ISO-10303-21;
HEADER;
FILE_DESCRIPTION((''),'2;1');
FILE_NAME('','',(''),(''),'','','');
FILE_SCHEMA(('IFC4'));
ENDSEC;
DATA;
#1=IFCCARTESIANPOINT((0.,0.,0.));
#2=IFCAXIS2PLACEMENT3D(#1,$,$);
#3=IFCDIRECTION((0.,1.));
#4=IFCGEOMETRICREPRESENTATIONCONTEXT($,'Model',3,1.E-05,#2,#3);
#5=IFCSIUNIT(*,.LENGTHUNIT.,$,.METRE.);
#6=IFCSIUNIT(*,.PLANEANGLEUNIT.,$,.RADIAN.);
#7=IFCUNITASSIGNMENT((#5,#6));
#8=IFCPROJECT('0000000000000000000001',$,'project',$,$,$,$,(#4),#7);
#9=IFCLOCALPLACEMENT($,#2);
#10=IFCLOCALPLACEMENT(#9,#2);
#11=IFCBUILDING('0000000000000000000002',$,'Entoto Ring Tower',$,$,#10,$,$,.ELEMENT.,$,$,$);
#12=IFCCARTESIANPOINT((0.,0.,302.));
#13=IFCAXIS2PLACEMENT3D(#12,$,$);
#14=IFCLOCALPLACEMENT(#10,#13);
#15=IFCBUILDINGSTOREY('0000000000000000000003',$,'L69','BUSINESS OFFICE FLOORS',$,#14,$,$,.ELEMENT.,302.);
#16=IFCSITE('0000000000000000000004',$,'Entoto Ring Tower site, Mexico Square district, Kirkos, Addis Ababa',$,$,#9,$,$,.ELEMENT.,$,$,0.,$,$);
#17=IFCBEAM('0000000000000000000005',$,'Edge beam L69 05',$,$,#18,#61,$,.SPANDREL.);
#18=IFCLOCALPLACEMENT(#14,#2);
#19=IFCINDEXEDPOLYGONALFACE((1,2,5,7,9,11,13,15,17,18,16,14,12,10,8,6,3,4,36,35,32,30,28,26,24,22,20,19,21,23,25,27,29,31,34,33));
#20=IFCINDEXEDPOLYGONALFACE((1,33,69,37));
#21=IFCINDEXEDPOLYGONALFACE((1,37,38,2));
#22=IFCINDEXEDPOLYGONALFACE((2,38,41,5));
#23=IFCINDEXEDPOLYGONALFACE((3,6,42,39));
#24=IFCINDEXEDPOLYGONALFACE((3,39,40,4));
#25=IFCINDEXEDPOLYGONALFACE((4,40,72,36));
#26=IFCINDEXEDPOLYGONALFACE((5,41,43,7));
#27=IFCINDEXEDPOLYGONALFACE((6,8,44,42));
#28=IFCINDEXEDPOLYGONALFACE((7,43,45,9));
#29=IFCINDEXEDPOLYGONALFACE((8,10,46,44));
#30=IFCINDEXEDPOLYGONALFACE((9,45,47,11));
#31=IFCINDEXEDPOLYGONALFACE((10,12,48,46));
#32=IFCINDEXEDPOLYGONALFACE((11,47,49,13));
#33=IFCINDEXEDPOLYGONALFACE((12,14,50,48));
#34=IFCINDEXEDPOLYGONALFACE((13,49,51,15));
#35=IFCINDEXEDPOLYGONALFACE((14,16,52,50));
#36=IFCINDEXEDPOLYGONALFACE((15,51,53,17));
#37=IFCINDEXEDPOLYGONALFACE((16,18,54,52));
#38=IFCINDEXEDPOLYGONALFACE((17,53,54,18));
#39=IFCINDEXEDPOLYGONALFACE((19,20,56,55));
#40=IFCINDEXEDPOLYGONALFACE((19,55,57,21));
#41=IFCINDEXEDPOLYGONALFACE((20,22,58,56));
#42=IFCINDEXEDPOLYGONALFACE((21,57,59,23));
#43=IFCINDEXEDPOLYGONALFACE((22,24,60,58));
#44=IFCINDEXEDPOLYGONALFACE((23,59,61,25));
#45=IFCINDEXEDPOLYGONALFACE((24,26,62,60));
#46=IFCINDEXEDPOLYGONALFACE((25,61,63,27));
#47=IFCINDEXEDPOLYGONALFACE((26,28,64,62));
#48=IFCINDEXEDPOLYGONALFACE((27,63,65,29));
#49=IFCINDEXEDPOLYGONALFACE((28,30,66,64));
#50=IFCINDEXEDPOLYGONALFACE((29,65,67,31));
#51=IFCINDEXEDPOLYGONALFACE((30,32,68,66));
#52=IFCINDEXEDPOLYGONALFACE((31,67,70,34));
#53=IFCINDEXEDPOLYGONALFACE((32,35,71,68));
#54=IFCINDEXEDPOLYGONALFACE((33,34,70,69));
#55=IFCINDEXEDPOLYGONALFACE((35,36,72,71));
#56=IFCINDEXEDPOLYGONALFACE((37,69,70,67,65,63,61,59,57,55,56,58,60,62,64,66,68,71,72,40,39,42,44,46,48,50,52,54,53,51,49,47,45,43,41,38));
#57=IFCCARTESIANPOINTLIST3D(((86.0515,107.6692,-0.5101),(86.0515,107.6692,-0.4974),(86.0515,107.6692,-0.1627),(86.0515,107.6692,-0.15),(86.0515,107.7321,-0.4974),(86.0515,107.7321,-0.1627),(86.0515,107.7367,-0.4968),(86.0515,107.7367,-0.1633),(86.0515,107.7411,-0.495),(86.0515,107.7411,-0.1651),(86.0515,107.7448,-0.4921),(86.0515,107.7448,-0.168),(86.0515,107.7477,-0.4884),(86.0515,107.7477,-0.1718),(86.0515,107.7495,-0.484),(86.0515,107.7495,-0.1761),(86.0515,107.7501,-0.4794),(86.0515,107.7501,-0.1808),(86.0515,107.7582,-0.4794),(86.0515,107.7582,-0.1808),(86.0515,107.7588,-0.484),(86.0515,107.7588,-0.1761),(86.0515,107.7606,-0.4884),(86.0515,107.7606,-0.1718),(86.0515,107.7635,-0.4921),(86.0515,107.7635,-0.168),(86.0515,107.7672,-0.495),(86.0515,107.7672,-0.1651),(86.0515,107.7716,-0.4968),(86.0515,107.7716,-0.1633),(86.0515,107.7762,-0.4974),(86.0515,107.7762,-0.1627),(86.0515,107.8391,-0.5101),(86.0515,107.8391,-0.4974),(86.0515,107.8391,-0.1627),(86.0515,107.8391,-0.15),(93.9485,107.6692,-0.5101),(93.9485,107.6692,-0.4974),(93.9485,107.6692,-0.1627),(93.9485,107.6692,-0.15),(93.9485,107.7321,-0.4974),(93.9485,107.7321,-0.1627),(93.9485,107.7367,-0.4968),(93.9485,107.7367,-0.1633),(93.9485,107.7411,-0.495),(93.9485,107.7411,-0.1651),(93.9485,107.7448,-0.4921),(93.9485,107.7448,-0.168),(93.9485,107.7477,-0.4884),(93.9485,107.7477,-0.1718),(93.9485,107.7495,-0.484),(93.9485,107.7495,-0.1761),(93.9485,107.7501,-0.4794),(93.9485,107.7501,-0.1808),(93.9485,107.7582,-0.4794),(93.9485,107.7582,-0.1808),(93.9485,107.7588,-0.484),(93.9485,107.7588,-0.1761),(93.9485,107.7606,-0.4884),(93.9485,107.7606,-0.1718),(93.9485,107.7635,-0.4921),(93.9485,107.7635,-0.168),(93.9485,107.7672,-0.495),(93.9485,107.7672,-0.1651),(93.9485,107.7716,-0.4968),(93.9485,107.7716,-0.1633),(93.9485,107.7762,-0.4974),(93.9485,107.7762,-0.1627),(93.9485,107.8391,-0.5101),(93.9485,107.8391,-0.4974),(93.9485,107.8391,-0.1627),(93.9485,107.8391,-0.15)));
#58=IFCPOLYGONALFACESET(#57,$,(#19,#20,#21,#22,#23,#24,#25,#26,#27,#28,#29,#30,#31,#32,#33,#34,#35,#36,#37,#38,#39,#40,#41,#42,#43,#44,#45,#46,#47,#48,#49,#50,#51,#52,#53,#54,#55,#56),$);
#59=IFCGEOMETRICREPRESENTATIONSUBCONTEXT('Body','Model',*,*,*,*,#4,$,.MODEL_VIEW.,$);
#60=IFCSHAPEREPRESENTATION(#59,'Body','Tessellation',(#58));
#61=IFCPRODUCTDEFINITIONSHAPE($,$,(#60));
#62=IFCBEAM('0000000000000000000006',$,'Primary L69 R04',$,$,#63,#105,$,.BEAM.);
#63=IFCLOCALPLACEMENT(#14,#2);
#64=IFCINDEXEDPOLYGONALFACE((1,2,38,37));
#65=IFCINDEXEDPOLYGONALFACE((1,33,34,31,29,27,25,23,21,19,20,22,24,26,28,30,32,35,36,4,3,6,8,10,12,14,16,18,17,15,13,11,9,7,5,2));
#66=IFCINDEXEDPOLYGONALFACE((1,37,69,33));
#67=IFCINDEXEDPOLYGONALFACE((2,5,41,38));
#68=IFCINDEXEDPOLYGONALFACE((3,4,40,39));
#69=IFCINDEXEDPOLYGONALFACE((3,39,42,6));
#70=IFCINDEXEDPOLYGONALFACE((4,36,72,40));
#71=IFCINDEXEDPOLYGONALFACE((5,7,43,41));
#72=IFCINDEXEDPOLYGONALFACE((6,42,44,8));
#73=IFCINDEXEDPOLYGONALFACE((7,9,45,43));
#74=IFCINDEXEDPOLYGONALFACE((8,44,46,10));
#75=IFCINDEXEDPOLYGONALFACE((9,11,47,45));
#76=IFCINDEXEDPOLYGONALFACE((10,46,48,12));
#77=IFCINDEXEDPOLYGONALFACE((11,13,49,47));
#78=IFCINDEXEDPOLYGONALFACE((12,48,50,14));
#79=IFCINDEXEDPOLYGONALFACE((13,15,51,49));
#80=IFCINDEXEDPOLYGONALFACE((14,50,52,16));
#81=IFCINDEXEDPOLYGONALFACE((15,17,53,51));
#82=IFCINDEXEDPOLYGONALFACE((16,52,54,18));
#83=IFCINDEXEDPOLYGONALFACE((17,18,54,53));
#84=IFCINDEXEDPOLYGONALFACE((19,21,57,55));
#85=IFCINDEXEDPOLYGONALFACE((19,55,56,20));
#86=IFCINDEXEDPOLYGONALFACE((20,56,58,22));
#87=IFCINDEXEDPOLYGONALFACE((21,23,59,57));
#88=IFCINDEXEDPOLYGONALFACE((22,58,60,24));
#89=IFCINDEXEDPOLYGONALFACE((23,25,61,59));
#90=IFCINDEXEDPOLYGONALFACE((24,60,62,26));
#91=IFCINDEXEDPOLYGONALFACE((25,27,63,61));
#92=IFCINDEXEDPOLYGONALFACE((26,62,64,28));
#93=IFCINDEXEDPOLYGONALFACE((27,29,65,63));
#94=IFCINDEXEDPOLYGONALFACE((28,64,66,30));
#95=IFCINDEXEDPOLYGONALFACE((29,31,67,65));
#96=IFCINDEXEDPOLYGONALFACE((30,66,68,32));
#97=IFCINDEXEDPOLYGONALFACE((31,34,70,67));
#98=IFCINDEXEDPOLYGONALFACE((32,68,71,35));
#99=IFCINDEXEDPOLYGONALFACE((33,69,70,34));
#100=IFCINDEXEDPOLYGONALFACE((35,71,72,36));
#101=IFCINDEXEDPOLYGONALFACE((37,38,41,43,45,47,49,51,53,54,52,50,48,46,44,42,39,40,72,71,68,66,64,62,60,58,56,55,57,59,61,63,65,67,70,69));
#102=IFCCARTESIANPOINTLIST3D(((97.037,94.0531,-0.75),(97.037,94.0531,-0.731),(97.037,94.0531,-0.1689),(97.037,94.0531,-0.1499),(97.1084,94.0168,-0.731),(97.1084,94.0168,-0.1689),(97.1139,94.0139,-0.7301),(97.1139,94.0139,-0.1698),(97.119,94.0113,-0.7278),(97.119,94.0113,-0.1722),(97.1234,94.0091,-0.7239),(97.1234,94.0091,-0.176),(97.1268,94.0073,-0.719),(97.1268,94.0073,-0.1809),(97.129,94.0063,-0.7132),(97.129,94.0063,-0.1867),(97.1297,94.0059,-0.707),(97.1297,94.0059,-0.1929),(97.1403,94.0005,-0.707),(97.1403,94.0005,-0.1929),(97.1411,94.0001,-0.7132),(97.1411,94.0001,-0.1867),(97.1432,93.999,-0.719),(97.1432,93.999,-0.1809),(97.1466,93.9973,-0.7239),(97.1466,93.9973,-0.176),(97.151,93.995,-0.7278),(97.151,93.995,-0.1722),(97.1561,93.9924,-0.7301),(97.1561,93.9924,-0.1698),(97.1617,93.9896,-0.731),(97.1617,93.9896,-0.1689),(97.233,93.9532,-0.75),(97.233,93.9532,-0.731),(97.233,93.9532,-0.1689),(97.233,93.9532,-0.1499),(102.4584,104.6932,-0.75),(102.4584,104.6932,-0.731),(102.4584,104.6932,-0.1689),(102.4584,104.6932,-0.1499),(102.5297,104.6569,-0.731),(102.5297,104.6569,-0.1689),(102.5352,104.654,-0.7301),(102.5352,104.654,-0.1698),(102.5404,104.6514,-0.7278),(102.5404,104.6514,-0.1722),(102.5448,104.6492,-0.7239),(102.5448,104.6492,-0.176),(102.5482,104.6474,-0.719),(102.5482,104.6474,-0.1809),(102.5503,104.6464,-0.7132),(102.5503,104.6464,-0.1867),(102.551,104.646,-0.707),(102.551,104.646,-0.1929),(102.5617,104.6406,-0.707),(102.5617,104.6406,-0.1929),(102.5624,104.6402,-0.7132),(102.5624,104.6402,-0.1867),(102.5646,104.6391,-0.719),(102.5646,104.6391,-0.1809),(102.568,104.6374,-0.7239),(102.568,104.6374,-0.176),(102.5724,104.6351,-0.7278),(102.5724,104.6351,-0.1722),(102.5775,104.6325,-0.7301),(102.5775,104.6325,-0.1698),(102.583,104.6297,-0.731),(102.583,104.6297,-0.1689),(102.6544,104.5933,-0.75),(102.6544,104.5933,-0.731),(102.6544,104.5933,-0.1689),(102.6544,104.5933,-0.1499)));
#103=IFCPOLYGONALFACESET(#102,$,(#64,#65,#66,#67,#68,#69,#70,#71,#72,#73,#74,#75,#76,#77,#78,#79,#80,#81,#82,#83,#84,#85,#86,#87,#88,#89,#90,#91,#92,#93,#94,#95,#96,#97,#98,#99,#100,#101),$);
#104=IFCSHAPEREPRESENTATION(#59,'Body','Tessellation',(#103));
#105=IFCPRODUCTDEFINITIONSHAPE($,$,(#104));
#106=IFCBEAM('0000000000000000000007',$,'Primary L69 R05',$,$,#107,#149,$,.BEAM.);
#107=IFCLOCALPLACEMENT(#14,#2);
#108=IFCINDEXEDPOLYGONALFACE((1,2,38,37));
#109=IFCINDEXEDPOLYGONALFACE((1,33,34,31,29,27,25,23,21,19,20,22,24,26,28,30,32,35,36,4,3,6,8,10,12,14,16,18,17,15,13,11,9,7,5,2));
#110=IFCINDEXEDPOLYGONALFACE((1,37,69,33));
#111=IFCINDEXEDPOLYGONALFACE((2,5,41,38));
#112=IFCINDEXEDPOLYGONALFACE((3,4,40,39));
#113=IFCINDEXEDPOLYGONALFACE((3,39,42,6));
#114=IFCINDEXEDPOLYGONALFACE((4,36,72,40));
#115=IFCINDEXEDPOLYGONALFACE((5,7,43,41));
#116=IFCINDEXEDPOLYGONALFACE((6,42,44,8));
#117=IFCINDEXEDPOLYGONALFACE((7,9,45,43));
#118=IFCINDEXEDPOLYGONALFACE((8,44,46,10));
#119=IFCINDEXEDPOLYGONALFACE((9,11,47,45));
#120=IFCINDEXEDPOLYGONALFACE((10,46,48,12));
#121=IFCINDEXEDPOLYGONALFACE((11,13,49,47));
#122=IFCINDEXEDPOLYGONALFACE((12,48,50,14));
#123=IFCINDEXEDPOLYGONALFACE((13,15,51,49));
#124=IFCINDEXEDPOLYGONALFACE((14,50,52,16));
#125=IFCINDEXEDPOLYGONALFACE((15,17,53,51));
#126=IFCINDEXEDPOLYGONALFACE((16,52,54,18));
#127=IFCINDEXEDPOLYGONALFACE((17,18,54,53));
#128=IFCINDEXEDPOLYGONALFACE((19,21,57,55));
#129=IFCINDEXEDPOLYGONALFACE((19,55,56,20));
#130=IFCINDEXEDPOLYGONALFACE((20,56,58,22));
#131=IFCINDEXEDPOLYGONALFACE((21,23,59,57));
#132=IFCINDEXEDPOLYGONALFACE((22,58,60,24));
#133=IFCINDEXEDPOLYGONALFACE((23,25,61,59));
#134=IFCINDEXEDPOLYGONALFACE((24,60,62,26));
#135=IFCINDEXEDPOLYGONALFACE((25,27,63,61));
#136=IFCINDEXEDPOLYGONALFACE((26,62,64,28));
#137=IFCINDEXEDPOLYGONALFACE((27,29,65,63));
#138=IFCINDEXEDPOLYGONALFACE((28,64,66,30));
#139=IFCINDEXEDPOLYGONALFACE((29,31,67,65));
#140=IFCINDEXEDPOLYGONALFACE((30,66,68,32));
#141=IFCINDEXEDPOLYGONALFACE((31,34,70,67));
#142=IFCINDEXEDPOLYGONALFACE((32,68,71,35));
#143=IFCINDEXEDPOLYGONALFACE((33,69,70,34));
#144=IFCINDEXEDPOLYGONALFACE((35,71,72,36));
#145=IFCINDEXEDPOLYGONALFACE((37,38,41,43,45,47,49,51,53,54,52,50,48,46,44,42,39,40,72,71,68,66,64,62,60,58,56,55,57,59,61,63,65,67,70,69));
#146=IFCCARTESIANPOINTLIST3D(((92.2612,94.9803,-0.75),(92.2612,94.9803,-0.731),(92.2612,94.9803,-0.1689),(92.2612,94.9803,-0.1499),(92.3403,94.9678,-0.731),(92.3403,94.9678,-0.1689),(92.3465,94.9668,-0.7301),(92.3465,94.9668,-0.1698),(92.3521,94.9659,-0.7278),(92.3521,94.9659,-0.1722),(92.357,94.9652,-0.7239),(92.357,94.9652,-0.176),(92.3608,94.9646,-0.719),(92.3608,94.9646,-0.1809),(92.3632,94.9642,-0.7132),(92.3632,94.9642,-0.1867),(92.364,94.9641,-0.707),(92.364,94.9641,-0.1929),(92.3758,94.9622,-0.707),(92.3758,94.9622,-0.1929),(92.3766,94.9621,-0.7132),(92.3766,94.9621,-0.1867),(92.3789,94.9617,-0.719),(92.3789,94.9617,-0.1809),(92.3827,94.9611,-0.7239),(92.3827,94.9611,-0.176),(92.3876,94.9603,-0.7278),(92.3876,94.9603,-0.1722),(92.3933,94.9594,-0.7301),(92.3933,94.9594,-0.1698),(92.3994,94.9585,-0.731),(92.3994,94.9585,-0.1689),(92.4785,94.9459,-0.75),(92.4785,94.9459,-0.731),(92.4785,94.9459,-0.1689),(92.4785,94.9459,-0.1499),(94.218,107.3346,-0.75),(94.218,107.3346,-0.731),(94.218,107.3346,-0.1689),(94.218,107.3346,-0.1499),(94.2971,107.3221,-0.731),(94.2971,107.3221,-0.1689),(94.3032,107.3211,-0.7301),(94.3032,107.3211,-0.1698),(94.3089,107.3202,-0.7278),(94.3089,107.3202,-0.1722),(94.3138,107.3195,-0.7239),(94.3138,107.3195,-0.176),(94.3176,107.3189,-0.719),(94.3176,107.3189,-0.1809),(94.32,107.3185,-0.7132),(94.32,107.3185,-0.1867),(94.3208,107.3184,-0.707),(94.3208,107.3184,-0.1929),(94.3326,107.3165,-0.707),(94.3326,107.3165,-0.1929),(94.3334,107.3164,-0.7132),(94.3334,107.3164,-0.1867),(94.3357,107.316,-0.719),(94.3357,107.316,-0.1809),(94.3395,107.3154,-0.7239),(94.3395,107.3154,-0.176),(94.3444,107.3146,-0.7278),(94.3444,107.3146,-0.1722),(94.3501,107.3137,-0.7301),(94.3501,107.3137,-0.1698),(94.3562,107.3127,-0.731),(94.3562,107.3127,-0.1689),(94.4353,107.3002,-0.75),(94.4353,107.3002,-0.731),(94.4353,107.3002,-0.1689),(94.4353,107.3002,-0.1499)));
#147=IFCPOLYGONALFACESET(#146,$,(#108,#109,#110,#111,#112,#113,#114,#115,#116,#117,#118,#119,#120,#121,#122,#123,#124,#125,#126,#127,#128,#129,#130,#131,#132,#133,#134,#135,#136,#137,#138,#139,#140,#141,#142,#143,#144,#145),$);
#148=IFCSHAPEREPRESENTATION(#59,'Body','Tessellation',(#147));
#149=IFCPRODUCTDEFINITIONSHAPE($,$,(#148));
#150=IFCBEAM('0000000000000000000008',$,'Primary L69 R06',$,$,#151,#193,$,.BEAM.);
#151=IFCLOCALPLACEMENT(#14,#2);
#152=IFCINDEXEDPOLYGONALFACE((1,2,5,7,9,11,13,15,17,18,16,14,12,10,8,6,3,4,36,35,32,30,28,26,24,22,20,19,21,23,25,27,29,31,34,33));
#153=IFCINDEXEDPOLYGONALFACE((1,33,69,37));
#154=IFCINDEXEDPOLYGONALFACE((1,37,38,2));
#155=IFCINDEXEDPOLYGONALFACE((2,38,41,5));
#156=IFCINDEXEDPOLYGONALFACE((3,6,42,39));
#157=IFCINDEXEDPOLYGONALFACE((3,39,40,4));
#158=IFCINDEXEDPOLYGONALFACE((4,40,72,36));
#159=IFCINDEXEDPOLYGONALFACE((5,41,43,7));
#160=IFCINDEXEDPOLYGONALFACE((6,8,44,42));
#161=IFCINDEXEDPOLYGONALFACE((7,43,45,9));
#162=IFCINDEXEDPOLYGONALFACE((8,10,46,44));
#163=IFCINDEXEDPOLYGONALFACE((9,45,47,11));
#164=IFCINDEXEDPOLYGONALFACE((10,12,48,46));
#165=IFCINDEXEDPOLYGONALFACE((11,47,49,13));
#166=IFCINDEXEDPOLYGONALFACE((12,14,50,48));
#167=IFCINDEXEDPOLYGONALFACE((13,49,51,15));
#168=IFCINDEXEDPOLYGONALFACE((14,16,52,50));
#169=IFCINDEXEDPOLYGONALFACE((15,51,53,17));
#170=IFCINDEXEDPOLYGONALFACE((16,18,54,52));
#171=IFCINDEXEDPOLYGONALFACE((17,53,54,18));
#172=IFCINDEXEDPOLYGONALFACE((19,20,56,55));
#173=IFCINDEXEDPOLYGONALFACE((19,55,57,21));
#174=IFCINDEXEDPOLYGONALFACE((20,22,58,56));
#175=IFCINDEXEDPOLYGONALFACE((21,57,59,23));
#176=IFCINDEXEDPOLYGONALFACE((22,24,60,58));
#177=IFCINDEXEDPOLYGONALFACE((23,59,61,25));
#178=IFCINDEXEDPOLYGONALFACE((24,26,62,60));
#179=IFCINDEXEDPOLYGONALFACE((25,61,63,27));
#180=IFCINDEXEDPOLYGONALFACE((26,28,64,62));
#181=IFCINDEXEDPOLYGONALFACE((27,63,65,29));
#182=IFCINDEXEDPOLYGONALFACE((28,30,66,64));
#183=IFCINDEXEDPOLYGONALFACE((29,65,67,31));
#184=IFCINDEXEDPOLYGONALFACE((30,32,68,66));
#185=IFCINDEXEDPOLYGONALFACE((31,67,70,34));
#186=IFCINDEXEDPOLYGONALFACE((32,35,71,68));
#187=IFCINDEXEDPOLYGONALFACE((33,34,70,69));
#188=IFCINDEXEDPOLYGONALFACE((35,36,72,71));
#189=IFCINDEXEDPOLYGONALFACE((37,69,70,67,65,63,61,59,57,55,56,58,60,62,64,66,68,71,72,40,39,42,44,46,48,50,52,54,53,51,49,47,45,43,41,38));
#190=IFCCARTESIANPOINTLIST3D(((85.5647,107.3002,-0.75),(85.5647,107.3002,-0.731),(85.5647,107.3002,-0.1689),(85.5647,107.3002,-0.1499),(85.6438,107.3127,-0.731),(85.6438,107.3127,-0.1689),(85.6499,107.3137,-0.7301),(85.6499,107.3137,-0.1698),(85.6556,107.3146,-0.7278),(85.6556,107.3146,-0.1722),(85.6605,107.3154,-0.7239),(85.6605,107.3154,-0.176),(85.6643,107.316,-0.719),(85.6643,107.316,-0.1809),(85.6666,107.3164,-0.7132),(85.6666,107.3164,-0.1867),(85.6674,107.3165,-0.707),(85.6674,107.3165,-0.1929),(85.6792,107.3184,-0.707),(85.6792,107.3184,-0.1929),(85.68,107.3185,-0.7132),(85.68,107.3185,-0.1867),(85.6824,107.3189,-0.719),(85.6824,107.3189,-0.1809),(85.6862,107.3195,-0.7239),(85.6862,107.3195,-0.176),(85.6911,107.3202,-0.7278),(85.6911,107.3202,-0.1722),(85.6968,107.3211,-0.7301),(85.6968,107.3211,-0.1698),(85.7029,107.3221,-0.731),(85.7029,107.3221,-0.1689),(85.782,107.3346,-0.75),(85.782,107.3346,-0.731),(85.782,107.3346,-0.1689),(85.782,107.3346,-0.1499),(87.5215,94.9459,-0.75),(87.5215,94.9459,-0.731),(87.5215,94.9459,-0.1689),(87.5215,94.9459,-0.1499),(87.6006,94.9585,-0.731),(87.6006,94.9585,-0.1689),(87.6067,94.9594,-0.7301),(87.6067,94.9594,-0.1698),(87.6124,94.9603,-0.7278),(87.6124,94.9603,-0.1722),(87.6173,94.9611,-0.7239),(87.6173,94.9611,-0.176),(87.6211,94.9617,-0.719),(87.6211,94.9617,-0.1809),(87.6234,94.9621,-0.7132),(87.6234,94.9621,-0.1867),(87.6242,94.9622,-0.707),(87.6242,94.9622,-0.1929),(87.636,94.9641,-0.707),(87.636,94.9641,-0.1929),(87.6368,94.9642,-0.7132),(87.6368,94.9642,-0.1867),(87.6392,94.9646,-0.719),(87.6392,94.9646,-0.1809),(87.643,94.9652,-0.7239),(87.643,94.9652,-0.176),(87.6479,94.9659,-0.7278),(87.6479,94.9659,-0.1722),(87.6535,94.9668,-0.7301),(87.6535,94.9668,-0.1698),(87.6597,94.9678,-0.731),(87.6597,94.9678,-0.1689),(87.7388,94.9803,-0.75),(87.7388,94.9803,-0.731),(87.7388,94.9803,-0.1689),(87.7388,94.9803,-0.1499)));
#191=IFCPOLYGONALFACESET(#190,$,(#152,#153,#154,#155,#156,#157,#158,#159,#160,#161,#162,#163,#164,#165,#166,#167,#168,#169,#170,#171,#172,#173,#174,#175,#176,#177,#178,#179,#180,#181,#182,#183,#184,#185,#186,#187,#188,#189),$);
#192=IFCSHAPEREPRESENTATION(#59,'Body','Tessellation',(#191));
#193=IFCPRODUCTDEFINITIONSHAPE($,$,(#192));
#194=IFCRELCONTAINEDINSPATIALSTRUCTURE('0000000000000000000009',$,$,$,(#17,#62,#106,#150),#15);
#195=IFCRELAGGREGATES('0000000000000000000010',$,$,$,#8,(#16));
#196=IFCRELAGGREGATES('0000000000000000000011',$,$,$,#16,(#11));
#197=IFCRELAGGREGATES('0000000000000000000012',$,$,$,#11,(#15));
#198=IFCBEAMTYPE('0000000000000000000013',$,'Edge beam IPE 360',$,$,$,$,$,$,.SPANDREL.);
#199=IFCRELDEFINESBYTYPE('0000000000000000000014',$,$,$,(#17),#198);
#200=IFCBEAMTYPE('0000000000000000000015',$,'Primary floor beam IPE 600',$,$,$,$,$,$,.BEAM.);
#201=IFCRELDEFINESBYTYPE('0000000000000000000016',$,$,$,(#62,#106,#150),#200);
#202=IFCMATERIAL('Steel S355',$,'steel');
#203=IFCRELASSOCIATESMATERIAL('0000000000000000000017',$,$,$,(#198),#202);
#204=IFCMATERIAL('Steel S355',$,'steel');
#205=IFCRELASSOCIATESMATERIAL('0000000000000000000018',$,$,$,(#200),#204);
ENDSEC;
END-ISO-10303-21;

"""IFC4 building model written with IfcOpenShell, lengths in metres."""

from ifc_helpers import new_model, si_unit, direction, frame, origin, origin_2d, place, context, subcontext, project, spatial, i_section, extrude, material, material_profile, profile_set, type_object, element, save


model = new_model("IFC4")

# Units and contexts
model_context = context("Model", 3, precision=1e-05, world=origin(), true_north=direction((0.0, 1.0)))
body_context = subcontext(model_context, "Body", "Model", "MODEL_VIEW")
ifc_project = project(units=[si_unit("LENGTHUNIT", "METRE"), si_unit("PLANEANGLEUNIT", "RADIAN")], contexts=[model_context])

# Site, building, storey
site_placement = place(None, origin())
site = spatial("IfcSite", under=ifc_project, at=site_placement, Name="Entoto Ring Tower site, Mexico Square district, Kirkos, Addis Ababa", CompositionType="ELEMENT", RefElevation=0.0)
building_placement = place(site_placement, origin())
building = spatial("IfcBuilding", under=site, at=building_placement, Name="Entoto Ring Tower", CompositionType="ELEMENT")
storey_placement = place(building_placement, frame((0.0, 0.0, 302.0)))
storey = spatial("IfcBuildingStorey", under=building, at=storey_placement, Name="L69", Description="BUSINESS OFFICE FLOORS", CompositionType="ELEMENT", Elevation=302.0)

# Beams
ifc_material_1 = material(Name="Steel S355", Category="steel")
ifc_material_profile_1 = material_profile(ifc_material_1, i_section(OverallWidth=0.1699, OverallDepth=0.3601, WebThickness=0.0081, FlangeThickness=0.0127, FilletRadius=0.0181, at=origin_2d()), Name="IPE 360")
ifc_profile_set_1 = profile_set([ifc_material_profile_1], Name="Steel S355")
beam_type_1 = type_object("IfcBeamType", Name="Edge beam IPE 360", PredefinedType="SPANDREL", material=ifc_profile_set_1)
beam_1_placement = place(storey_placement, frame((93.9485, 107.7542, -0.3301), z_axis=(-1.0, 0.0, 0.0), x_axis=(0.0, -1.0, 0.0)))
element("IfcBeam", 1, at=beam_1_placement, inside=storey, type_object=beam_type_1, Name="Edge beam L69 05", PredefinedType="SPANDREL", context=body_context, shape_type="SweptSolid", body=[
    extrude(i_section(OverallWidth=0.1699, OverallDepth=0.3601, WebThickness=0.0081, FlangeThickness=0.0127, FilletRadius=0.0181, at=origin_2d()), origin(), (0.0, 0.0, 1.0), 7.897),
])
ifc_material_2 = material(Name="Steel S355", Category="steel")
ifc_material_profile_2 = material_profile(ifc_material_2, i_section(OverallWidth=0.22, OverallDepth=0.6001, WebThickness=0.012, FlangeThickness=0.019, FilletRadius=0.0239, at=origin_2d()), Name="IPE 600")
ifc_profile_set_2 = profile_set([ifc_material_profile_2], Name="Steel S355")
beam_type_2 = type_object("IfcBeamType", Name="Primary floor beam IPE 600", PredefinedType="BEAM", material=ifc_profile_set_2)
beam_2_placement = place(storey_placement, frame((97.135, 94.0032, -0.45), z_axis=(0.453988, 0.891008, 0.0), x_axis=(-0.891008, 0.453988, 0.0)))
element("IfcBeam", 2, at=beam_2_placement, inside=storey, type_object=beam_type_2, Name="Primary L69 R04", PredefinedType="BEAM", context=body_context, shape_type="SweptSolid", body=[
    extrude(i_section(OverallWidth=0.22, OverallDepth=0.6001, WebThickness=0.012, FlangeThickness=0.019, FilletRadius=0.0239, at=origin_2d()), origin(), (0.0, 0.0, 1.0), 11.9417),
])
for number, where, z_axis, x_axis, name in (
    (3, (92.3699, 94.9631, -0.45), (0.15644, 0.987688, 0.0), (-0.987688, 0.15644, 0.0), "Primary L69 R05"),
    (4, (87.6301, 94.9631, -0.45), (-0.15644, 0.987688, 0.0), (-0.987688, -0.15644, 0.0), "Primary L69 R06"),
):
    element("IfcBeam", number, at=place(storey_placement, frame(where, z_axis=z_axis, x_axis=x_axis)), inside=storey, type_object=beam_type_2, Name=name, PredefinedType="BEAM", context=body_context, shape_type="SweptSolid", body=[
        extrude(i_section(OverallWidth=0.22, OverallDepth=0.6001, WebThickness=0.012, FlangeThickness=0.019, FilletRadius=0.0239, at=origin_2d()), origin(), (0.0, 0.0, 1.0), 12.5083),
    ])

save(model, "model.ifc")
